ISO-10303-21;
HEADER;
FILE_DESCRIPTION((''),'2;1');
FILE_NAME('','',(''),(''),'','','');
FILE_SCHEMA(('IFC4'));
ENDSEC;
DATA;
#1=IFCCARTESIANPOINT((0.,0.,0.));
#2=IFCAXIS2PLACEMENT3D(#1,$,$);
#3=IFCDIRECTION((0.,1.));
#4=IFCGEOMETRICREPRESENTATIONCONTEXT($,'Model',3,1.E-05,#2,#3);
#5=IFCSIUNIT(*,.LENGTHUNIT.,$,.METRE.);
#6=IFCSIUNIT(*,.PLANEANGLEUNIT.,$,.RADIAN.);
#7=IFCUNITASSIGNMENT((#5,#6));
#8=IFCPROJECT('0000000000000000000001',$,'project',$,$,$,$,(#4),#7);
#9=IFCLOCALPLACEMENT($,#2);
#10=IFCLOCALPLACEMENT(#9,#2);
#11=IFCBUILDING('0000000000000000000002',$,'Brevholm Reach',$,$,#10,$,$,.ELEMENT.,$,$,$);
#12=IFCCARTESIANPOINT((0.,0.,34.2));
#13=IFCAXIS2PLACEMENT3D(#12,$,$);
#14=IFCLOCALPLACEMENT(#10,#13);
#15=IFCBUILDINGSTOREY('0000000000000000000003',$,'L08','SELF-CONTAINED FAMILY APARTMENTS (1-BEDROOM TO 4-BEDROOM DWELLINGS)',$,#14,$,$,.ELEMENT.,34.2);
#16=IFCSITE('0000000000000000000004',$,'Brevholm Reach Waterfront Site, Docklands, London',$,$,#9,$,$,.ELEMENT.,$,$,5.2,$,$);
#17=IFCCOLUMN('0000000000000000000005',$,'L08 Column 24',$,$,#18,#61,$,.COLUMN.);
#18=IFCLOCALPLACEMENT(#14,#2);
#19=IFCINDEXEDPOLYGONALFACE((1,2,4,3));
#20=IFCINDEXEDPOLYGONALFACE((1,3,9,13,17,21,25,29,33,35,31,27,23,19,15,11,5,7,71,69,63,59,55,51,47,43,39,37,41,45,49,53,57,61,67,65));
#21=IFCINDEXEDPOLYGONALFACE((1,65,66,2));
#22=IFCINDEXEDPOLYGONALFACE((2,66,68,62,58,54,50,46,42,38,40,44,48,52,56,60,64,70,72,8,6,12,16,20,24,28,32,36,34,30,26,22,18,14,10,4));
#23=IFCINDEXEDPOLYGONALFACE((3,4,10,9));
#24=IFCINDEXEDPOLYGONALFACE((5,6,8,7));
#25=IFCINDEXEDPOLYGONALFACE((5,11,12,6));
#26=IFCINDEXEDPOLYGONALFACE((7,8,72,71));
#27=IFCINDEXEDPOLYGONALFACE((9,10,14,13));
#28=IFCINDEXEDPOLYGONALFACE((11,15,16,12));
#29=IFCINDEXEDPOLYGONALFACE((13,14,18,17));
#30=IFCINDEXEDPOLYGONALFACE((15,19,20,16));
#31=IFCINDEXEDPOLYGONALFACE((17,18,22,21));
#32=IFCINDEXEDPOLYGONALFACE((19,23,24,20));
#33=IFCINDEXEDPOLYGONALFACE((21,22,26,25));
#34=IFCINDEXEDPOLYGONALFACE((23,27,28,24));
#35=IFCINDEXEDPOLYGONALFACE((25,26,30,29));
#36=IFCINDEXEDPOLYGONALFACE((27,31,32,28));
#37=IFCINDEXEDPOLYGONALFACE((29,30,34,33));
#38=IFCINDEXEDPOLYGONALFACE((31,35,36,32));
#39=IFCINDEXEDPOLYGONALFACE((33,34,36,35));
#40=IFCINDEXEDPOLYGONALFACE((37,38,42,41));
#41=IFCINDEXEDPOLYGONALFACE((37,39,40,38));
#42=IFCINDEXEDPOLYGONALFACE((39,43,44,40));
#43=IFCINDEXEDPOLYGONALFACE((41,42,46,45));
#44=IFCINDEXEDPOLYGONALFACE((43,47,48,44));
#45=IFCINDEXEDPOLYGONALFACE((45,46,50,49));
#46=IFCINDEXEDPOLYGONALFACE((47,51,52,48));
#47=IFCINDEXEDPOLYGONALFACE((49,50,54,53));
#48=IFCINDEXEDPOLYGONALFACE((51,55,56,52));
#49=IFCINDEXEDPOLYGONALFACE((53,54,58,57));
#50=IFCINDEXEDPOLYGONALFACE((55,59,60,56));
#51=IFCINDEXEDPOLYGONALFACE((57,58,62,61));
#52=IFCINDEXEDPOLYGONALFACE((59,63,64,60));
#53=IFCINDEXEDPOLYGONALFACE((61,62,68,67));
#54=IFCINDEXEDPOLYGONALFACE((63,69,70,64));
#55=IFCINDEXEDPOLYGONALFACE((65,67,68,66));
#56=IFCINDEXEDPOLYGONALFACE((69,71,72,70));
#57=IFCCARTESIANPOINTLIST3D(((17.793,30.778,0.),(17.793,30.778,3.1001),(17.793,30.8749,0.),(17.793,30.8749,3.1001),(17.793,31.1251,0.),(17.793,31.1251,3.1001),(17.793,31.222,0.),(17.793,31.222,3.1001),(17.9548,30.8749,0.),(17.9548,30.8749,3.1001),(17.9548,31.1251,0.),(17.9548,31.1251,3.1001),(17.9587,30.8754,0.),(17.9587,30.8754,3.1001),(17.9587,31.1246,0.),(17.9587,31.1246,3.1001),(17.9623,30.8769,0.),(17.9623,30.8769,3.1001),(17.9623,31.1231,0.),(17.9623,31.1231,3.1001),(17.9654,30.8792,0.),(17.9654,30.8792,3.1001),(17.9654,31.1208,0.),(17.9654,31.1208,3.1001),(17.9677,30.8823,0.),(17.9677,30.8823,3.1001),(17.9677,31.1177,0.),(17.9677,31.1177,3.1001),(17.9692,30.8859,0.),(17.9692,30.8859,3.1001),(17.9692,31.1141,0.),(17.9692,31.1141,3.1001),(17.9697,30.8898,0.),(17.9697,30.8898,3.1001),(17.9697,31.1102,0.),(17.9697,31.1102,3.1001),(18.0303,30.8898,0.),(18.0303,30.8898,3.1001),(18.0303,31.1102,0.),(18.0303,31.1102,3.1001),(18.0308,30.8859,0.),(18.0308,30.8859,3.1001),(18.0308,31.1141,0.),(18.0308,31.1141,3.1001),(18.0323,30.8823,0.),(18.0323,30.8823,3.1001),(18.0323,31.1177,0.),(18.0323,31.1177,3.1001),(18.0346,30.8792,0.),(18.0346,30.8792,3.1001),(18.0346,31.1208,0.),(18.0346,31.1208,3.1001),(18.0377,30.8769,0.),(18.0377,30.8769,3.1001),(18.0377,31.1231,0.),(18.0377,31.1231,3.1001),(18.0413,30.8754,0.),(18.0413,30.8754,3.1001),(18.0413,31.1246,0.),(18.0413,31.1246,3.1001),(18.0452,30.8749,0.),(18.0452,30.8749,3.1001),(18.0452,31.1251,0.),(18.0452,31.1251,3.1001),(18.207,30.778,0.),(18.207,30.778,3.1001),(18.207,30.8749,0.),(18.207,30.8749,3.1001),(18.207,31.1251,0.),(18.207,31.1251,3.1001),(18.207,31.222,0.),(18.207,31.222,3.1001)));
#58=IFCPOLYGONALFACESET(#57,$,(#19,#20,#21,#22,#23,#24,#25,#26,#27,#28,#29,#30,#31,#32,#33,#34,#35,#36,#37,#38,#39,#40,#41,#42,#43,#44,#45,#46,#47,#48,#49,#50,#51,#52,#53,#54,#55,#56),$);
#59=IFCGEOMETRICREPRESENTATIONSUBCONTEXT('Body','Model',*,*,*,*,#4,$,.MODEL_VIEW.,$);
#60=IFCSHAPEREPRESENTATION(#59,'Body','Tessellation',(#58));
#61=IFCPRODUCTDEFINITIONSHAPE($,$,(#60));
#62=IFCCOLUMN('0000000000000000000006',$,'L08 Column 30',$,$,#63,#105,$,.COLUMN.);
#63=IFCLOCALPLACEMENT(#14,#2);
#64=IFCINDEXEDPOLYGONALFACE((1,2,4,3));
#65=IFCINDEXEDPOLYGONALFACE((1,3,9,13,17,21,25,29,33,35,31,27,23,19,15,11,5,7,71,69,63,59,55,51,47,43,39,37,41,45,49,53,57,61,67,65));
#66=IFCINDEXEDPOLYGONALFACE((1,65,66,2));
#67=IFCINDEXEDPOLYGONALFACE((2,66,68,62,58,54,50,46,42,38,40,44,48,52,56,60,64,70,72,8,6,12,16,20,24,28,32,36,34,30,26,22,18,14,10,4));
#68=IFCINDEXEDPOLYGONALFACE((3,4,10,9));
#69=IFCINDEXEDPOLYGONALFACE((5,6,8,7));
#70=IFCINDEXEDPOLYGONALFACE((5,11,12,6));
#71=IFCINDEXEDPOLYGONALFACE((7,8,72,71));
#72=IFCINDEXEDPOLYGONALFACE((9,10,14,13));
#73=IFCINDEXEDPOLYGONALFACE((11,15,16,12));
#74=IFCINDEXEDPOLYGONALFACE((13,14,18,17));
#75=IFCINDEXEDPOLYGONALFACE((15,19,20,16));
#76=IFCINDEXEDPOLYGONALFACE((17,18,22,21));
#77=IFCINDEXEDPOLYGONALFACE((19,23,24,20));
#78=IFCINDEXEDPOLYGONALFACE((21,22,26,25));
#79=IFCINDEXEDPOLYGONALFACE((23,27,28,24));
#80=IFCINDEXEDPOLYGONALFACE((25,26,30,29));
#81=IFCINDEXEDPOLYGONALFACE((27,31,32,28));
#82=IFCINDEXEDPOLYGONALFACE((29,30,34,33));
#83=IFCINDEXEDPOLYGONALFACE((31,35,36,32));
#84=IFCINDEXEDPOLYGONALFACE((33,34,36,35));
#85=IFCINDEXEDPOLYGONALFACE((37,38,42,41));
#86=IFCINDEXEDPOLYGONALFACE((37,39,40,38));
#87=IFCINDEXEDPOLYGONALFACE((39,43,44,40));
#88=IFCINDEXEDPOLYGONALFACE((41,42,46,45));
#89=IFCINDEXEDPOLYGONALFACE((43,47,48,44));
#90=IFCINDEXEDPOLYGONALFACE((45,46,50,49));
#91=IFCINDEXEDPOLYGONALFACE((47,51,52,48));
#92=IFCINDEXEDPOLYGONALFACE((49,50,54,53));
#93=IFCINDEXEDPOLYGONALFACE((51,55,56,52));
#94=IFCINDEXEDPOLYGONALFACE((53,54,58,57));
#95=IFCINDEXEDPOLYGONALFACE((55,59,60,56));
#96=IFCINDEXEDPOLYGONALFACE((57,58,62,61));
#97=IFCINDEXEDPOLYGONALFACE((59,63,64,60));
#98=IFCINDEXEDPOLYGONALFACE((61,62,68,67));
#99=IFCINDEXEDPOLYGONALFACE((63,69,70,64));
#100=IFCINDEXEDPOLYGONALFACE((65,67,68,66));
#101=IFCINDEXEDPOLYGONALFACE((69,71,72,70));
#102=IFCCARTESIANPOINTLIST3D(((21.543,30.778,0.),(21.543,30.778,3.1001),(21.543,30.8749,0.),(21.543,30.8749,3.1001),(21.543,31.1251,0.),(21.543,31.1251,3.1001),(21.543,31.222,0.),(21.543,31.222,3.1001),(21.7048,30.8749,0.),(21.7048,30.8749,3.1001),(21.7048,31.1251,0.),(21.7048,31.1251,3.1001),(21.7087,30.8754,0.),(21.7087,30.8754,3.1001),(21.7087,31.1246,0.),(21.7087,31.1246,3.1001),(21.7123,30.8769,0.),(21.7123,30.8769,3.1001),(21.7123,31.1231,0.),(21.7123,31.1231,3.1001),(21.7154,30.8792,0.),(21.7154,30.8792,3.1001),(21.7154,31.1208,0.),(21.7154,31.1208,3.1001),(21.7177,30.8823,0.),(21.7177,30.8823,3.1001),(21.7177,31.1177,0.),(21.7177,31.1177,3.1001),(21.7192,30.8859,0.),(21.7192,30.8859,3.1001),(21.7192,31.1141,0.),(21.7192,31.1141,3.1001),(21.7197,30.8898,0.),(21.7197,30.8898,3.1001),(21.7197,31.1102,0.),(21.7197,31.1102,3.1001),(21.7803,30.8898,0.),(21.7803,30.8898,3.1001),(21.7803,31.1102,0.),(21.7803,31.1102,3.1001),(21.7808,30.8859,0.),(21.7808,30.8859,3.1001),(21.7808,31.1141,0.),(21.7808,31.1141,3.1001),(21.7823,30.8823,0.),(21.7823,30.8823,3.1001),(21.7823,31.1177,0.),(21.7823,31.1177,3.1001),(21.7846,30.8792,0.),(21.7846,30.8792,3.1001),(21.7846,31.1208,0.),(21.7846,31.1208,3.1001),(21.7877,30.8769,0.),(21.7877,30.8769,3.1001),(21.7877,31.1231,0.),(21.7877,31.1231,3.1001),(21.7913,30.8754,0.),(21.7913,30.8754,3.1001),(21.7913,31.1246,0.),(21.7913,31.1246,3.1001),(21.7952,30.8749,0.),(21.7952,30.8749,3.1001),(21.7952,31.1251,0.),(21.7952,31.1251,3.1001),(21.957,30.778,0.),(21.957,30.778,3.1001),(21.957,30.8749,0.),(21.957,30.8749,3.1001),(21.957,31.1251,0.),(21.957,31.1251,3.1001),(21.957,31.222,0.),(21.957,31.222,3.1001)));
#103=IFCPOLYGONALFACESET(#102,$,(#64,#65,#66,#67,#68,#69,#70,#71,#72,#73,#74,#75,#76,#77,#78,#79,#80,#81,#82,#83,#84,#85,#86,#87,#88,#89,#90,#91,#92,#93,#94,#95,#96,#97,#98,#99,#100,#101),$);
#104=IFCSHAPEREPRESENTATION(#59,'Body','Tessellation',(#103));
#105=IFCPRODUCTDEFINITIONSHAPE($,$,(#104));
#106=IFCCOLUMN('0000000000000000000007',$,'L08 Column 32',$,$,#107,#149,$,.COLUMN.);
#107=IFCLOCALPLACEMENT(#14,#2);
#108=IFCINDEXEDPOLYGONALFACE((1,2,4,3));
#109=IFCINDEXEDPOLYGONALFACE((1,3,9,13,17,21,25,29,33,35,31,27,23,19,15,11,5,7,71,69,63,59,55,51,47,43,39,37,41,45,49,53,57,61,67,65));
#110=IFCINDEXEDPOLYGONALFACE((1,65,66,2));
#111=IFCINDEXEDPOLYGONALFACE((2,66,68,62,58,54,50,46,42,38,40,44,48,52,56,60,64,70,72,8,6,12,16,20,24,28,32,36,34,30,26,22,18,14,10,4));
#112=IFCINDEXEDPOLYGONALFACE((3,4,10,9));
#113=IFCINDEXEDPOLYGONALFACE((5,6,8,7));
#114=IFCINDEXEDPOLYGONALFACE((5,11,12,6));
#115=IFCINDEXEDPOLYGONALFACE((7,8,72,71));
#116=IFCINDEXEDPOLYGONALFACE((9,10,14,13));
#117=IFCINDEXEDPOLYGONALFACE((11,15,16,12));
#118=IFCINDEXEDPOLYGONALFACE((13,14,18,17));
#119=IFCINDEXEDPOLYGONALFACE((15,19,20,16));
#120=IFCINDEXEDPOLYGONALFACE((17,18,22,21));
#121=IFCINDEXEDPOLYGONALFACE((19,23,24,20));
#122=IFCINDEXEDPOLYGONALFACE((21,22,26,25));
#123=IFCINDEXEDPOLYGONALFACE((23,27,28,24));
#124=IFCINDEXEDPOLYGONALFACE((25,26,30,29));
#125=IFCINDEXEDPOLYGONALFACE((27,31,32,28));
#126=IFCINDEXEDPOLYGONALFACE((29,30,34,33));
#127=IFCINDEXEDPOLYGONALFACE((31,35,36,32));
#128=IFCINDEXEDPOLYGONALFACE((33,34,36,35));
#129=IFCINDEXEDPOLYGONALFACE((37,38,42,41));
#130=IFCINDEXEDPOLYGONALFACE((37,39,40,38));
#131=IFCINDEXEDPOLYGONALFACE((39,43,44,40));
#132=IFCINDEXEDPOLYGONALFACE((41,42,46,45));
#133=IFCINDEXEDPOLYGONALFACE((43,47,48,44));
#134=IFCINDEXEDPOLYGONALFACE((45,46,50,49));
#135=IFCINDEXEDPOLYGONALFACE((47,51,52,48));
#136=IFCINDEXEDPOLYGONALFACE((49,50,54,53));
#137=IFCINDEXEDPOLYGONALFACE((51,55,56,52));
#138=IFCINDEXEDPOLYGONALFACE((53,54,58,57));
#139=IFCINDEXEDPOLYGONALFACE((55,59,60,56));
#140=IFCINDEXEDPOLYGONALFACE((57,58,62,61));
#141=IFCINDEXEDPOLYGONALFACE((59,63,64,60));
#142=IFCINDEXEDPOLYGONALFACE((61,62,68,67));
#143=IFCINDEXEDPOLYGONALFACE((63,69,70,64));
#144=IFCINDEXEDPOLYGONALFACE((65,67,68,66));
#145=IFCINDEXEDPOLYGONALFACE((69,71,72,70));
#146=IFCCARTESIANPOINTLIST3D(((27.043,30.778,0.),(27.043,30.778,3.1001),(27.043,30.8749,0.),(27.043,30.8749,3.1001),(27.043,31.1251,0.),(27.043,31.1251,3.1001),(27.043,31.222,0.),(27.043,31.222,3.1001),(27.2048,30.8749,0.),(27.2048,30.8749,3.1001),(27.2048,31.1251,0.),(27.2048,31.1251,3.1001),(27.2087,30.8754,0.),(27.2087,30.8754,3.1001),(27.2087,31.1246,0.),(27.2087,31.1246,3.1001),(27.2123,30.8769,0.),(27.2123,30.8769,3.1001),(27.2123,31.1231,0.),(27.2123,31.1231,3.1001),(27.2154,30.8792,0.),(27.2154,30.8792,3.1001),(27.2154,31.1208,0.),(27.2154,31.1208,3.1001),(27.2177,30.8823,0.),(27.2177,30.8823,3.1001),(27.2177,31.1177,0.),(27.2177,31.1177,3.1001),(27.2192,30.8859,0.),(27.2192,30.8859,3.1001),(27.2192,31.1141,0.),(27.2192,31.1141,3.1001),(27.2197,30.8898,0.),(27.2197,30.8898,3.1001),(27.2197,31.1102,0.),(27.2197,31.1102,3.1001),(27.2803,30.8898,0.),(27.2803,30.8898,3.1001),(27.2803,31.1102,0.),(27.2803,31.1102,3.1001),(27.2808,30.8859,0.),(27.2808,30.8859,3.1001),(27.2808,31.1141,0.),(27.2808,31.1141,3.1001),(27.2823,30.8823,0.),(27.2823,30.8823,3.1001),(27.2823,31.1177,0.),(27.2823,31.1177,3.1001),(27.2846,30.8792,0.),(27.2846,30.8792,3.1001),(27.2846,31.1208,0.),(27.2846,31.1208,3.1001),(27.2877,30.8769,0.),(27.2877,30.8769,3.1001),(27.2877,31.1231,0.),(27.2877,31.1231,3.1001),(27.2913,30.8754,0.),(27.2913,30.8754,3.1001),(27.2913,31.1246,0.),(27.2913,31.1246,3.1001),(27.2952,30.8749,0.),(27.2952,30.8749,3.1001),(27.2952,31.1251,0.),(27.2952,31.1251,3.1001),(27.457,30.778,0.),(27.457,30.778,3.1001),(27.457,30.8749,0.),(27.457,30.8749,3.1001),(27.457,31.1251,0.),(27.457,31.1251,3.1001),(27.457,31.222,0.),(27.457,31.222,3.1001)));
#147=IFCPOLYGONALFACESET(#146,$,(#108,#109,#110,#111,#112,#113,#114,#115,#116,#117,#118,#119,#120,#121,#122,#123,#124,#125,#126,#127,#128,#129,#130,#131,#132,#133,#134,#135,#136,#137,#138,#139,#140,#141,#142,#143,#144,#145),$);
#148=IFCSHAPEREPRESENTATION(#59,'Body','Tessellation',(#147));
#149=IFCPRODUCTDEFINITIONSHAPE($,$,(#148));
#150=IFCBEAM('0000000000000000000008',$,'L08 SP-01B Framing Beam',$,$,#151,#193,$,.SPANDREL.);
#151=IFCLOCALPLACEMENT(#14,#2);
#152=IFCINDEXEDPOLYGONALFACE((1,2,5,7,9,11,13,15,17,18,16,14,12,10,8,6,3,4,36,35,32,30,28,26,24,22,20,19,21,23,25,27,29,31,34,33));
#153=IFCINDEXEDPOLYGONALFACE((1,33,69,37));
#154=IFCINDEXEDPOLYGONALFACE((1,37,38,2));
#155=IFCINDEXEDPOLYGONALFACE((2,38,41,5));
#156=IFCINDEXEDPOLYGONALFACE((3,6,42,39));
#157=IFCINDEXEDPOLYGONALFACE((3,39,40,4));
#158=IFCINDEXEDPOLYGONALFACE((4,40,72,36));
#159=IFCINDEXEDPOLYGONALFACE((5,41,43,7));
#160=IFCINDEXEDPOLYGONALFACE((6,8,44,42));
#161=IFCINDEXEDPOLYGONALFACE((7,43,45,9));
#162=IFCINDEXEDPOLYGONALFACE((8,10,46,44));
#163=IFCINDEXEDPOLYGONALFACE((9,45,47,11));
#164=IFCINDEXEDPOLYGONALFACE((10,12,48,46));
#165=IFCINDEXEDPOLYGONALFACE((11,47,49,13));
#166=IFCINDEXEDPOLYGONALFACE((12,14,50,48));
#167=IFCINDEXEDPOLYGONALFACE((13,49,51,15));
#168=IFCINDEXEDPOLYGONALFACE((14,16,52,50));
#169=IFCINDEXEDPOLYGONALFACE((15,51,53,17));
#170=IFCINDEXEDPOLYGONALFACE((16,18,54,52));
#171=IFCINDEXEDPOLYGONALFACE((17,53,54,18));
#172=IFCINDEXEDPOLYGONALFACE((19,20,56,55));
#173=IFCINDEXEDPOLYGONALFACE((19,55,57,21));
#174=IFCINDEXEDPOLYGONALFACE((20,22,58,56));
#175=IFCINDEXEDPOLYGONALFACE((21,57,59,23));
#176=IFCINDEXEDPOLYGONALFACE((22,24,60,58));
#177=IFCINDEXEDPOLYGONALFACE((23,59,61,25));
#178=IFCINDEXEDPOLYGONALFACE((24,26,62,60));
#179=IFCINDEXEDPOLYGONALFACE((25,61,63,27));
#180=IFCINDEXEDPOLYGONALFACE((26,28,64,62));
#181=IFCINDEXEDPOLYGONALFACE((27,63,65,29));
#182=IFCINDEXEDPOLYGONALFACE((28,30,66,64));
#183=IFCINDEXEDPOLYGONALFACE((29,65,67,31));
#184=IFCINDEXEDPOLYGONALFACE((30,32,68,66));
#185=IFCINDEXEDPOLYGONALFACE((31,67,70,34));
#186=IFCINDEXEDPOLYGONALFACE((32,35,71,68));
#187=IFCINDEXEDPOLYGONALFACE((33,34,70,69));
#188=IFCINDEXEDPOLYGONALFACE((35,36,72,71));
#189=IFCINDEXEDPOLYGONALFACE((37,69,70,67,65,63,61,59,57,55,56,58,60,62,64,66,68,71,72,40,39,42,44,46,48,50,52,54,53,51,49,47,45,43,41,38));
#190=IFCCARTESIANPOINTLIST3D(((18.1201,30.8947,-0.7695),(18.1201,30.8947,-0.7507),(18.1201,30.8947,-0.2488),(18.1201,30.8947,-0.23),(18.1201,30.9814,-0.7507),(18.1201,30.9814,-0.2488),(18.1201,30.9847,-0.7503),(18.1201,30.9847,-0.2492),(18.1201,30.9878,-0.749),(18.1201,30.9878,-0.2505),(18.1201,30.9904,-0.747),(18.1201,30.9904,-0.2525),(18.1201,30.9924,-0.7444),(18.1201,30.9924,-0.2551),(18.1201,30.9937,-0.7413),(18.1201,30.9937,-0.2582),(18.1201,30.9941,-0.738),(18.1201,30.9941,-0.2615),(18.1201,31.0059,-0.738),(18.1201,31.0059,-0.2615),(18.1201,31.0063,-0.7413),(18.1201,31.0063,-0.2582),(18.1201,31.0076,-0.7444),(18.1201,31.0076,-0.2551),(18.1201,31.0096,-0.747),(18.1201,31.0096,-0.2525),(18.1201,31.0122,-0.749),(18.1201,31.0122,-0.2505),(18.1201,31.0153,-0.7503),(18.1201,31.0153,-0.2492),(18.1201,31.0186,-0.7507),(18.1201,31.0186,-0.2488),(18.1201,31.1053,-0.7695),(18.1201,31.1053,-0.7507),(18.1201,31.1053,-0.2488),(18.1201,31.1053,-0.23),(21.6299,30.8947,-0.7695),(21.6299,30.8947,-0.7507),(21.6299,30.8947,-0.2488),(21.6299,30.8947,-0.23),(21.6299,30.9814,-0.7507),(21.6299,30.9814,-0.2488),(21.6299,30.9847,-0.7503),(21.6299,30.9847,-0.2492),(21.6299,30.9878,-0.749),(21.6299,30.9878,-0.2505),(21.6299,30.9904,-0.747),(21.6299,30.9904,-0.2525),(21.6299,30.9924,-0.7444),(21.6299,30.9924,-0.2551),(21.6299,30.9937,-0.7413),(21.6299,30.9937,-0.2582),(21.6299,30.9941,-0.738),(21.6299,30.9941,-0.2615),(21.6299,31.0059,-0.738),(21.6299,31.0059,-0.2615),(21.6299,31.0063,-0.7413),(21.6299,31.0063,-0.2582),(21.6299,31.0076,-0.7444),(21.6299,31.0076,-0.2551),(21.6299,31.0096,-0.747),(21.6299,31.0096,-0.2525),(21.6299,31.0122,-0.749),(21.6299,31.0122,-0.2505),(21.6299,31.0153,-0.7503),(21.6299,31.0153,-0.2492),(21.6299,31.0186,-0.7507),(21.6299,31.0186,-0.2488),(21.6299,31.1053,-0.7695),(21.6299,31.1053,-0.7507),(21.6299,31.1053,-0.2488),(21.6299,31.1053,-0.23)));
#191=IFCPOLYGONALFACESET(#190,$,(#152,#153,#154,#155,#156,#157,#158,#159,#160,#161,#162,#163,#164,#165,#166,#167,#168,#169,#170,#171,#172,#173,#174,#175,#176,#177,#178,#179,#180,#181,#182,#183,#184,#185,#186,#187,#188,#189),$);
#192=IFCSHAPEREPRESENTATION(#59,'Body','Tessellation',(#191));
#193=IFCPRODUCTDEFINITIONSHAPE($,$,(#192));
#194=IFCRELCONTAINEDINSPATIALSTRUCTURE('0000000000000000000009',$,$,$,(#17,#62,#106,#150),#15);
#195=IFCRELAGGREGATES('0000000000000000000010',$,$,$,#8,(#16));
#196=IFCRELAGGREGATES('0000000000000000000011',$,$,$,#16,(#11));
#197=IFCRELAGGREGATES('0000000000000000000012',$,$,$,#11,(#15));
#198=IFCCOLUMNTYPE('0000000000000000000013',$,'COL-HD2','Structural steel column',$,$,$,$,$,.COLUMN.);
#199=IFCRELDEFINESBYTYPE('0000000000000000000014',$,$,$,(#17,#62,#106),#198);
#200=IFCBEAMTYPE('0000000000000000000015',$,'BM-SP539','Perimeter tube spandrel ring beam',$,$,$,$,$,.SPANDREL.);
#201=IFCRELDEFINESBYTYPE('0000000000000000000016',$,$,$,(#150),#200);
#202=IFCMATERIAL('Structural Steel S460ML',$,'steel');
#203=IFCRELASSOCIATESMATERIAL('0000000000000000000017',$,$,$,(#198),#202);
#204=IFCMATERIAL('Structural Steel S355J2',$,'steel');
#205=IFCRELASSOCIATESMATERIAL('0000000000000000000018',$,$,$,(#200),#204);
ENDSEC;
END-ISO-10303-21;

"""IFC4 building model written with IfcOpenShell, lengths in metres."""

from ifc_helpers import new_model, si_unit, direction, frame, origin, origin_2d, place, context, subcontext, project, spatial, i_section, extrude, material, material_profile, profile_set, type_object, element, save


model = new_model("IFC4")

# Units and contexts
model_context = context("Model", 3, precision=1e-05, world=origin(), true_north=direction((0.0, 1.0)))
body_context = subcontext(model_context, "Body", "Model", "MODEL_VIEW")
ifc_project = project(units=[si_unit("LENGTHUNIT", "METRE"), si_unit("PLANEANGLEUNIT", "RADIAN")], contexts=[model_context])

# Site, building, storey
site_placement = place(None, origin())
site = spatial("IfcSite", under=ifc_project, at=site_placement, Name="Brevholm Reach Waterfront Site, Docklands, London", CompositionType="ELEMENT", RefElevation=5.2)
building_placement = place(site_placement, origin())
building = spatial("IfcBuilding", under=site, at=building_placement, Name="Brevholm Reach", CompositionType="ELEMENT")
storey_placement = place(building_placement, frame((0.0, 0.0, 34.2)))
storey = spatial("IfcBuildingStorey", under=building, at=storey_placement, Name="L08", Description="SELF-CONTAINED FAMILY APARTMENTS (1-BEDROOM TO 4-BEDROOM DWELLINGS)", CompositionType="ELEMENT", Elevation=34.2)

# Columns
ifc_material_1 = material(Name="Structural Steel S460ML", Category="steel")
ifc_material_profile_1 = material_profile(ifc_material_1, i_section(OverallWidth=0.4141, OverallDepth=0.4441, WebThickness=0.0605, FlangeThickness=0.0969, FilletRadius=0.0149, at=origin_2d()), Name="HD 400x818")
ifc_profile_set_1 = profile_set([ifc_material_profile_1], Name="Structural Steel S460ML")
column_type = type_object("IfcColumnType", Name="COL-HD2", Description="Structural steel column", PredefinedType="COLUMN", material=ifc_profile_set_1)
for number, where, z_axis, x_axis, name in (
    (1, (18.0, 31.0, 0.0), (0.0, 0.0, 1.0), (1.0, 0.0, 0.0), "L08 Column 24"),
    (2, (21.75, 31.0, 0.0), (0.0, 0.0, 1.0), (1.0, 0.0, 0.0), "L08 Column 30"),
    (3, (27.25, 31.0, 0.0), (0.0, 0.0, 1.0), (1.0, 0.0, 0.0), "L08 Column 32"),
):
    element("IfcColumn", number, at=place(storey_placement, frame(where, z_axis=z_axis, x_axis=x_axis)), inside=storey, type_object=column_type, Name=name, PredefinedType="COLUMN", context=body_context, shape_type="SweptSolid", body=[
        extrude(i_section(OverallWidth=0.4141, OverallDepth=0.4441, WebThickness=0.0605, FlangeThickness=0.0969, FilletRadius=0.0149, at=origin_2d()), origin(), (0.0, 0.0, 1.0), 3.1001),
    ])

# Beam
ifc_material_2 = material(Name="Structural Steel S355J2", Category="steel")
ifc_material_profile_2 = material_profile(ifc_material_2, i_section(OverallWidth=0.2107, OverallDepth=0.5396, WebThickness=0.0117, FlangeThickness=0.0188, FilletRadius=0.0127, at=origin_2d()), Name="UKB 533x210x109")
ifc_profile_set_2 = profile_set([ifc_material_profile_2], Name="Structural Steel S355J2")
beam_type_1 = type_object("IfcBeamType", Name="BM-SP539", Description="Perimeter tube spandrel ring beam", PredefinedType="SPANDREL", material=ifc_profile_set_2)
beam_placement = place(storey_placement, frame((18.1201, 31.0, -0.4998), z_axis=(1.0, 0.0, 0.0), x_axis=(0.0, 1.0, 0.0)))
element("IfcBeam", 4, at=beam_placement, inside=storey, type_object=beam_type_1, Name="L08 SP-01B Framing Beam", PredefinedType="SPANDREL", context=body_context, shape_type="SweptSolid", body=[
    extrude(i_section(OverallWidth=0.2107, OverallDepth=0.5396, WebThickness=0.0117, FlangeThickness=0.0188, FilletRadius=0.0127, at=origin_2d()), origin(), (0.0, 0.0, 1.0), 3.5098),
])

save(model, "model.ifc")
